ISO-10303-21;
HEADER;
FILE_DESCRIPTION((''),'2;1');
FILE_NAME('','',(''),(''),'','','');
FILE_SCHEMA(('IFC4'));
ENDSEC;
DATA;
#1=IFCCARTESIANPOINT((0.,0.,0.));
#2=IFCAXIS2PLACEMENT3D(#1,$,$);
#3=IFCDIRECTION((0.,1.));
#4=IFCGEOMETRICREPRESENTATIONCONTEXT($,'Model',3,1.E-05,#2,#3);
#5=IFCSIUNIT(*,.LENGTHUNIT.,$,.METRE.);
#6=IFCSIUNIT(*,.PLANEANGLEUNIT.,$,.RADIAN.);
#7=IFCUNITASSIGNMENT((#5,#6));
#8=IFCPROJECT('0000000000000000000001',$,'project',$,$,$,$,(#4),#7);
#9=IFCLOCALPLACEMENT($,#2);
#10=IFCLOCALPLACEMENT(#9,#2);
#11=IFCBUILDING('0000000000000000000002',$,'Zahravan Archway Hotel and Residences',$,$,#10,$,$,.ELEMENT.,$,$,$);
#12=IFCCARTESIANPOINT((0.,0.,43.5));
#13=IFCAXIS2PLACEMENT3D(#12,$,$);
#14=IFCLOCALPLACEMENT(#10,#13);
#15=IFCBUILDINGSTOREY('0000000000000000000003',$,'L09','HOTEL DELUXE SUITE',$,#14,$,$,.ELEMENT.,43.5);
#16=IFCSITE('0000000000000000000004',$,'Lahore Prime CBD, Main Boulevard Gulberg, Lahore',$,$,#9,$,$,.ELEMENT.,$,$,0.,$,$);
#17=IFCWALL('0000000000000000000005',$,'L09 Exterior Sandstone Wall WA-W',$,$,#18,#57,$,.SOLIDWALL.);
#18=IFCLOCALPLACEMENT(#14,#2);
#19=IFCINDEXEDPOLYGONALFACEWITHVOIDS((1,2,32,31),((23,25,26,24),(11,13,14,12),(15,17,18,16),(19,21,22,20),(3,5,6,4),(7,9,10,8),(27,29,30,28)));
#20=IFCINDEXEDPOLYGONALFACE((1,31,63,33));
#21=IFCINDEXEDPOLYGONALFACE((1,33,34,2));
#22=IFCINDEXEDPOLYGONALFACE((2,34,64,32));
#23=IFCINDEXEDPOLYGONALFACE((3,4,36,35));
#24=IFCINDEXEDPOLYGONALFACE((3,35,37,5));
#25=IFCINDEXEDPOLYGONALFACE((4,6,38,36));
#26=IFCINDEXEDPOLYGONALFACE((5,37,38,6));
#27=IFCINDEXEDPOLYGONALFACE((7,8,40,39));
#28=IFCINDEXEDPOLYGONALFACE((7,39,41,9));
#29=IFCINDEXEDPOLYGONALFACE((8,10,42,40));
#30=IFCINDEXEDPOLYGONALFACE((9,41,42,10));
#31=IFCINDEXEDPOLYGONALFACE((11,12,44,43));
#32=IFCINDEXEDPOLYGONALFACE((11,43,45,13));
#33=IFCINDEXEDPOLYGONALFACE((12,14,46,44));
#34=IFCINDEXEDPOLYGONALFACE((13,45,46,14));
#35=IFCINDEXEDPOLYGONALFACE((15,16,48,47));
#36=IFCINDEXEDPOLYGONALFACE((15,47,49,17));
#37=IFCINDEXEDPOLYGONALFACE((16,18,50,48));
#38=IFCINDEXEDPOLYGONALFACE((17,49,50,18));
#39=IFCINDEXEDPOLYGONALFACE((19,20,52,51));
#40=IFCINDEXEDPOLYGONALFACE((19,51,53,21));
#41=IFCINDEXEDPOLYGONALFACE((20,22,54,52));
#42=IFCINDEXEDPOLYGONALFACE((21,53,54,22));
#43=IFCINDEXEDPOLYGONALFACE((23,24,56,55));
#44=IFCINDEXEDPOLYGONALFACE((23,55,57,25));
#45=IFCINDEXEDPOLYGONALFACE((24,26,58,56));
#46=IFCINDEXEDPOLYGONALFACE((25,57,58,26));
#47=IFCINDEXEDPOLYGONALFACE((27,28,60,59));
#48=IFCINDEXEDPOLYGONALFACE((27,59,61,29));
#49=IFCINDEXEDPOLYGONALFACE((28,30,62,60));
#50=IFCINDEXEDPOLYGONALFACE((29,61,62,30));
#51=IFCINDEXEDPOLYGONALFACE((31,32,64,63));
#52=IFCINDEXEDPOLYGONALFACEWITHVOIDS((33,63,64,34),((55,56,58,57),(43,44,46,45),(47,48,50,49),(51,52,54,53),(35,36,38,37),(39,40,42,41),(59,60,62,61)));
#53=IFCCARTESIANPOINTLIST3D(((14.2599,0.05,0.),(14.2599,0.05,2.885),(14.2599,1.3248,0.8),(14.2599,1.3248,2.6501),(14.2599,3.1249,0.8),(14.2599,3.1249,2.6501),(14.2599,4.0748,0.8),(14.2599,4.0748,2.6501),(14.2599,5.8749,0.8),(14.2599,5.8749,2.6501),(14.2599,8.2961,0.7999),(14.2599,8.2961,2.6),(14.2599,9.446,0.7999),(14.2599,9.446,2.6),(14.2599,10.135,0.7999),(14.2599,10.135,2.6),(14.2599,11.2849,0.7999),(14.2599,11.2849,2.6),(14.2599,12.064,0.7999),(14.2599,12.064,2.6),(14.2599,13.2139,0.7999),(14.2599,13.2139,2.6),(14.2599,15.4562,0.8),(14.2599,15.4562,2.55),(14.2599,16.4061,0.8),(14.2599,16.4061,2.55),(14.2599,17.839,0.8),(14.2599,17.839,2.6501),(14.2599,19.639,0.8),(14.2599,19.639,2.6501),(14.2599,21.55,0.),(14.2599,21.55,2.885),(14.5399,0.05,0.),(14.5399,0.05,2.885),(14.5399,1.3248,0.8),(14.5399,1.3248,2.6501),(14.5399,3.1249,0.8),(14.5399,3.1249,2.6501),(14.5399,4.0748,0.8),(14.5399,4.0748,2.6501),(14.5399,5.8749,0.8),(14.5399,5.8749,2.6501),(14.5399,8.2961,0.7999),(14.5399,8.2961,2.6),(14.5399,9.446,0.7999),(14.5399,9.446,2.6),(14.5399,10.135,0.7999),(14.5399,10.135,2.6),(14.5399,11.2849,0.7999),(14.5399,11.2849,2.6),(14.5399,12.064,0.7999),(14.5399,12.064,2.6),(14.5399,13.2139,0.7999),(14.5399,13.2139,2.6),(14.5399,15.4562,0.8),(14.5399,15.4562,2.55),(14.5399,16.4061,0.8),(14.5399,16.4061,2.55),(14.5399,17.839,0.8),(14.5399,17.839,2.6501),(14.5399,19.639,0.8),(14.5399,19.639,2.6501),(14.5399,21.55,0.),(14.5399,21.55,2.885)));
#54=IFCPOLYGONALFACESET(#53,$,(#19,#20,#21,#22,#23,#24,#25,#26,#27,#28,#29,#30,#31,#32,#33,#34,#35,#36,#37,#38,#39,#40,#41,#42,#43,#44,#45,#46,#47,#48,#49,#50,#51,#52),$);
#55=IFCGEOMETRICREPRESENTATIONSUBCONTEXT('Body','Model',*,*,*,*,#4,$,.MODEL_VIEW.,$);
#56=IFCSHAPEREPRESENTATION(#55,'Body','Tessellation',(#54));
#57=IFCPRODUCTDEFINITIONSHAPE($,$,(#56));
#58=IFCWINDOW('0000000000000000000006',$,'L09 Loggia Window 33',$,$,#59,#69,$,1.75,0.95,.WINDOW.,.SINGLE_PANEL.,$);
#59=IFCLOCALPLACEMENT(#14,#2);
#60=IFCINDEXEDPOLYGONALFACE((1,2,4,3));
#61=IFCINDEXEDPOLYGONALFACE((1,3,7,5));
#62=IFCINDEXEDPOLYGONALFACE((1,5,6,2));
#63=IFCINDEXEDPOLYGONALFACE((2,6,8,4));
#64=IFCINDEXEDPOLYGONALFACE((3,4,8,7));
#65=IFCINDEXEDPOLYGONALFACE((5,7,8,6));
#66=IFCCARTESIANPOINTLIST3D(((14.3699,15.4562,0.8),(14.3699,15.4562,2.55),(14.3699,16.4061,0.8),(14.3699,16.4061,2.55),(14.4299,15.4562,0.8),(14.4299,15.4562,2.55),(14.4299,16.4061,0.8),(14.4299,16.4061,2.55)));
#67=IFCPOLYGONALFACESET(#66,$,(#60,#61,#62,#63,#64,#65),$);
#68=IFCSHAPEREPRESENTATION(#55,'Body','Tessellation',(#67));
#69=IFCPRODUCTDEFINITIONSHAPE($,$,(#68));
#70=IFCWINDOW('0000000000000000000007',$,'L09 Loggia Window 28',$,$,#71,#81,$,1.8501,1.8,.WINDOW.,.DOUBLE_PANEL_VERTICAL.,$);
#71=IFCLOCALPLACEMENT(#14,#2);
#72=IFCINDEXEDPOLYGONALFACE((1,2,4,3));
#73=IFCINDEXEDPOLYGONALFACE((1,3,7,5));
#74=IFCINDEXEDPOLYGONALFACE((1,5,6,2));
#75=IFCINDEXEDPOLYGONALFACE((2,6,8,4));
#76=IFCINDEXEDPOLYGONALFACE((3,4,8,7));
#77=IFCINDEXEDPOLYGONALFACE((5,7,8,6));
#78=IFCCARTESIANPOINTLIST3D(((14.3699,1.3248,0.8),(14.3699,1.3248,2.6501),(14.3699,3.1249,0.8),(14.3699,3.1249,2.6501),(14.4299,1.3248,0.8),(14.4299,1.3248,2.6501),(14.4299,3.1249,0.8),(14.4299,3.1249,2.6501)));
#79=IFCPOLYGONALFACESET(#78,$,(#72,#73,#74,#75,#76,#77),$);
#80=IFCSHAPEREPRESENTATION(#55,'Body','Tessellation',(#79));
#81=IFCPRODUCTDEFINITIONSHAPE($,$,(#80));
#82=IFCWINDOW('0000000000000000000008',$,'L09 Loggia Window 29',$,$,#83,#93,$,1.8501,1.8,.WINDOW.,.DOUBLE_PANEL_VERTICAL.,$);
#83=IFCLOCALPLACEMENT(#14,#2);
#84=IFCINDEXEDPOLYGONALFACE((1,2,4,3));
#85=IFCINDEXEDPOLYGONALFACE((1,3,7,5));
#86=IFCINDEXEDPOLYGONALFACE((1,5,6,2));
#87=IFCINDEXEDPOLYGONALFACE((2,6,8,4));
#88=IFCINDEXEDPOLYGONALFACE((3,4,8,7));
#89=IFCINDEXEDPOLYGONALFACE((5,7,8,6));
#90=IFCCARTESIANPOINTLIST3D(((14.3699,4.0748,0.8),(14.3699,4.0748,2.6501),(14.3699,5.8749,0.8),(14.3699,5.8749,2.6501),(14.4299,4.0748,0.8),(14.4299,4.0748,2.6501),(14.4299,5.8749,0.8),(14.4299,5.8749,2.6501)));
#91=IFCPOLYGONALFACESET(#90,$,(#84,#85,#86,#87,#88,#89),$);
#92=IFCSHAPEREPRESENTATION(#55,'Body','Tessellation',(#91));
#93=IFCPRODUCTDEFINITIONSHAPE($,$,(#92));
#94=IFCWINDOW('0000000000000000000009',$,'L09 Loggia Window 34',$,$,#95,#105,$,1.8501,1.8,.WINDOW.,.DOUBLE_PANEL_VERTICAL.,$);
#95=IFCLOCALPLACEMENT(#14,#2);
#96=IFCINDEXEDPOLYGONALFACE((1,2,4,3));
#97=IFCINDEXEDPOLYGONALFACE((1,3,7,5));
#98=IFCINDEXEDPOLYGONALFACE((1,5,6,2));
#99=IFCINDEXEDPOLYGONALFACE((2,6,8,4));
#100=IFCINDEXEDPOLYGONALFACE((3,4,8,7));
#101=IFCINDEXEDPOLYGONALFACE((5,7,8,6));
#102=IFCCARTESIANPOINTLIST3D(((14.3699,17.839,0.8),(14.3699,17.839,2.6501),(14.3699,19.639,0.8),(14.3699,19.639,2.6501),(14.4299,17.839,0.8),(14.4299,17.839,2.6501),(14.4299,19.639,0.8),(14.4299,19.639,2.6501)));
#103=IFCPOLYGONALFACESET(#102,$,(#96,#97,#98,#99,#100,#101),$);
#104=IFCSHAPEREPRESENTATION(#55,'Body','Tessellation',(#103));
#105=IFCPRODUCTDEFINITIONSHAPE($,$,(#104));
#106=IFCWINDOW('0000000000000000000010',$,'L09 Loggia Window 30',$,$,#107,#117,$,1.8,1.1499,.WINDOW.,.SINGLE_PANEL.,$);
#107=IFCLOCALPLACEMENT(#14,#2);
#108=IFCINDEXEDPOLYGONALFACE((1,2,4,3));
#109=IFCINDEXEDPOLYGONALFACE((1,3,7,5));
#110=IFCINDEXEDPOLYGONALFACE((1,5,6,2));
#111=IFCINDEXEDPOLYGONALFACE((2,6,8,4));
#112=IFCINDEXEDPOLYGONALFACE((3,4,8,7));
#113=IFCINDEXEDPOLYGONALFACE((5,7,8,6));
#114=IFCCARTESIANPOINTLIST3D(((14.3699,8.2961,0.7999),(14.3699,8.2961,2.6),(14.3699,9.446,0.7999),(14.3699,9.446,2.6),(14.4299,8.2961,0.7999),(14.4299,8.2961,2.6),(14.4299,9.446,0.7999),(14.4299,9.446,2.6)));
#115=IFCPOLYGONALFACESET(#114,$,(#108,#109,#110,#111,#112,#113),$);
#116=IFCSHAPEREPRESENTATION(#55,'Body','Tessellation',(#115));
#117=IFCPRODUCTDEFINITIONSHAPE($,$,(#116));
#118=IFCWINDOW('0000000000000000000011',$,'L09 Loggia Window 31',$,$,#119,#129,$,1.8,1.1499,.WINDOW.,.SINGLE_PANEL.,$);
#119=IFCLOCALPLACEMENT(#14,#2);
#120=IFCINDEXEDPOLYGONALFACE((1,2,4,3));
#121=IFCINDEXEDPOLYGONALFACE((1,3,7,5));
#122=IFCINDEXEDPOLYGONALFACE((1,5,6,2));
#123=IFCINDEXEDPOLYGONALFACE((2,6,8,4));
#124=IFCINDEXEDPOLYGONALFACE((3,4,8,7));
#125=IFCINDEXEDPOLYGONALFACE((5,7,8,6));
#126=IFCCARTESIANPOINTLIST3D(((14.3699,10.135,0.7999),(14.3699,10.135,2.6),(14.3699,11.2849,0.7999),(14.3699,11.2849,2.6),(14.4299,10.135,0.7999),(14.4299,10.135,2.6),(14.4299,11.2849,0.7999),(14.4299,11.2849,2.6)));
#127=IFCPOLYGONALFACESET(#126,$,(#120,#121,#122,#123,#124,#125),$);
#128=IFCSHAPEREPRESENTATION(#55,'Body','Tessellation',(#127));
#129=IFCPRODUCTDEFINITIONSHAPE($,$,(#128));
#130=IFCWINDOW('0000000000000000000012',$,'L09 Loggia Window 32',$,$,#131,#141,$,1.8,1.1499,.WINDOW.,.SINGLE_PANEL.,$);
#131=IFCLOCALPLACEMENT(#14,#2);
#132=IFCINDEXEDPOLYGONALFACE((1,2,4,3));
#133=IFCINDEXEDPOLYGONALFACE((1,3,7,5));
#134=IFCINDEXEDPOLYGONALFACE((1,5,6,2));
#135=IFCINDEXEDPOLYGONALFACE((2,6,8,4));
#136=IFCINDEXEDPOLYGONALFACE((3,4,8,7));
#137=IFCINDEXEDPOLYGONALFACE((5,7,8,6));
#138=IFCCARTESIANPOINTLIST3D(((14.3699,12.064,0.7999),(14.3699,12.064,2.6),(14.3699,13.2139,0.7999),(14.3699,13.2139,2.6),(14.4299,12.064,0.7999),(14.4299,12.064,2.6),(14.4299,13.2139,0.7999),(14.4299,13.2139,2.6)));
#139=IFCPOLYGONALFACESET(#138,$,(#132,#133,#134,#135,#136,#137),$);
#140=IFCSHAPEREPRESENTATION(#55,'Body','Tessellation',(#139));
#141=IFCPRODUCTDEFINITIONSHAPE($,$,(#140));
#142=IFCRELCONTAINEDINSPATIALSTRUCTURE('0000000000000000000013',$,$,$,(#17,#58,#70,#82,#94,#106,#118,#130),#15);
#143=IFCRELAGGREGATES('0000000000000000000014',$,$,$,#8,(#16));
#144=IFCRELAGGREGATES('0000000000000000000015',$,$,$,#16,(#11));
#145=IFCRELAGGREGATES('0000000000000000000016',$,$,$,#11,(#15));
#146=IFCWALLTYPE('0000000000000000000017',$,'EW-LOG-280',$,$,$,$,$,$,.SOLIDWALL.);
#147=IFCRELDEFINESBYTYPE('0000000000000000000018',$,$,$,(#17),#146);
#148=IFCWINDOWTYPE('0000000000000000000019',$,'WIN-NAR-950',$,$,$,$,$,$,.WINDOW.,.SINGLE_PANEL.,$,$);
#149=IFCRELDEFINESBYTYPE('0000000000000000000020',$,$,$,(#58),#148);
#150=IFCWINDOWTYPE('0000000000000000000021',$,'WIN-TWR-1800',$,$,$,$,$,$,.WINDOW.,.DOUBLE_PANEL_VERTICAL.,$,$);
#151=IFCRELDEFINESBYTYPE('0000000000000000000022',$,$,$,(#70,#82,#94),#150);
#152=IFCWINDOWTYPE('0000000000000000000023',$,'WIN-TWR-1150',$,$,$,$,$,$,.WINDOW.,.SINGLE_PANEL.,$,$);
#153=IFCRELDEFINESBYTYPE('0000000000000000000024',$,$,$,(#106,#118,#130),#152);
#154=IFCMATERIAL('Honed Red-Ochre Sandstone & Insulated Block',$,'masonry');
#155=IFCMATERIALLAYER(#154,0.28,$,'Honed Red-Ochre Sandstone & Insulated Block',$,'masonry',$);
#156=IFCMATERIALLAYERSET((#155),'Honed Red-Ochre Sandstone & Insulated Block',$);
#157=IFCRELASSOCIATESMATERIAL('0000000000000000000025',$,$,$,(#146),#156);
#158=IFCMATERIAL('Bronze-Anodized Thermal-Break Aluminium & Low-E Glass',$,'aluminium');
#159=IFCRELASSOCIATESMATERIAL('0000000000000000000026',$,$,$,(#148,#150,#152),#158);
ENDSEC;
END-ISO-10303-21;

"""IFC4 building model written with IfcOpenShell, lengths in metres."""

from ifc_helpers import new_model, si_unit, direction, frame, frame_2d, origin, place, context, subcontext, project, spatial, rectangle, extrude, source, transform, mapped, material, layer, layer_set, type_object, type_shapes, element, fill, save


model = new_model("IFC4")

# Units and contexts
model_context = context("Model", 3, precision=1e-05, world=origin(), true_north=direction((0.0, 1.0)))
body_context = subcontext(model_context, "Body", "Model", "MODEL_VIEW")
ifc_project = project(units=[si_unit("LENGTHUNIT", "METRE"), si_unit("PLANEANGLEUNIT", "RADIAN")], contexts=[model_context])

# Site, building, storey
site_placement = place(None, origin())
site = spatial("IfcSite", under=ifc_project, at=site_placement, Name="Lahore Prime CBD, Main Boulevard Gulberg, Lahore", CompositionType="ELEMENT", RefElevation=0.0)
building_placement = place(site_placement, origin())
building = spatial("IfcBuilding", under=site, at=building_placement, Name="Zahravan Archway Hotel and Residences", CompositionType="ELEMENT")
storey_placement = place(building_placement, frame((0.0, 0.0, 43.5)))
storey = spatial("IfcBuildingStorey", under=building, at=storey_placement, Name="L09", Description="HOTEL DELUXE SUITE", CompositionType="ELEMENT", Elevation=43.5)

# Shared definitions
ifc_material_1 = material(Name="Honed Red-Ochre Sandstone & Insulated Block", Category="masonry")
ifc_layer = layer(ifc_material_1, 0.28, Name="Honed Red-Ochre Sandstone & Insulated Block", Category="masonry")
ifc_layer_set = layer_set([ifc_layer], Name="Honed Red-Ochre Sandstone & Insulated Block")
wall_type = type_object("IfcWallType", Name="EW-LOG-280", PredefinedType="SOLIDWALL", material=ifc_layer_set)
ifc_material_2 = material(Name="Bronze-Anodized Thermal-Break Aluminium & Low-E Glass", Category="aluminium")
window_type_1 = type_object("IfcWindowType", Name="WIN-NAR-950", PartitioningType="SINGLE_PANEL", PredefinedType="WINDOW", material=ifc_material_2)
shared_shape_1 = source(origin(), body_context, "Body", "SweptSolid", [
    extrude(rectangle(XDim=0.95, YDim=1.75, at=frame_2d((0.4751, 0.875))), frame((0.0, 0.03, 0.0), z_axis=(0.0, -1.0, 0.0), x_axis=(1.0, 0.0, 0.0)), (0.0, 0.0, 1.0), 0.0601),
])
type_shapes(window_type_1, [shared_shape_1])
window_type_2 = type_object("IfcWindowType", Name="WIN-TWR-1800", PartitioningType="DOUBLE_PANEL_VERTICAL", PredefinedType="WINDOW", material=ifc_material_2)
shared_shape_2 = source(origin(), body_context, "Body", "SweptSolid", [
    extrude(rectangle(XDim=1.8, YDim=1.8501, at=frame_2d((0.8999, 0.925))), frame((0.0, 0.03, 0.0), z_axis=(0.0, -1.0, 0.0), x_axis=(1.0, 0.0, 0.0)), (0.0, 0.0, 1.0), 0.0601),
])
type_shapes(window_type_2, [shared_shape_2])

# Wall, openings, windows
wall_1_placement = place(storey_placement, frame((14.3999, 0.05, 0.0), z_axis=(0.0, 0.0, 1.0), x_axis=(0.0, 1.0, 0.0)))
wall_1 = element("IfcWall", 1, at=wall_1_placement, inside=storey, type_object=wall_type, Name="L09 Exterior Sandstone Wall WA-W", PredefinedType="SOLIDWALL", context=body_context, shape_type="SweptSolid", body=[
    extrude(rectangle(XDim=21.5, YDim=0.28, at=frame_2d((10.75, 0.0))), origin(), (0.0, 0.0, 1.0), 2.885),
])
opening_1_placement = place(wall_1_placement, frame((1.2749, 0.0, 0.8)))
opening_1 = element("IfcOpeningElement", 2, at=opening_1_placement, cuts=wall_1, PredefinedType="OPENING", context=body_context, shape_type="SweptSolid", body=[
    extrude(rectangle(XDim=1.8, YDim=1.8501, at=frame_2d((0.8999, 0.925))), frame((0.0, 0.1499, 0.0), z_axis=(0.0, -1.0, 0.0), x_axis=(1.0, 0.0, 0.0)), (0.0, 0.0, 1.0), 0.3),
])
opening_2_placement = place(wall_1_placement, frame((4.0249, 0.0, 0.8)))
opening_2 = element("IfcOpeningElement", 3, at=opening_2_placement, cuts=wall_1, PredefinedType="OPENING", context=body_context, shape_type="SweptSolid", body=[
    extrude(rectangle(XDim=1.8, YDim=1.8501, at=frame_2d((0.8999, 0.925))), frame((0.0, 0.1499, 0.0), z_axis=(0.0, -1.0, 0.0), x_axis=(1.0, 0.0, 0.0)), (0.0, 0.0, 1.0), 0.3),
])
opening_3_placement = place(wall_1_placement, frame((8.2461, 0.0, 0.8)))
opening_3 = element("IfcOpeningElement", 4, at=opening_3_placement, cuts=wall_1, PredefinedType="OPENING", context=body_context, shape_type="SweptSolid", body=[
    extrude(rectangle(XDim=1.1499, YDim=1.8, at=frame_2d((0.575, 0.8999))), frame((0.0, 0.1499, 0.0), z_axis=(0.0, -1.0, 0.0), x_axis=(1.0, 0.0, 0.0)), (0.0, 0.0, 1.0), 0.3),
])
opening_4_placement = place(wall_1_placement, frame((10.085, 0.0, 0.8)))
opening_4 = element("IfcOpeningElement", 5, at=opening_4_placement, cuts=wall_1, PredefinedType="OPENING", context=body_context, shape_type="SweptSolid", body=[
    extrude(rectangle(XDim=1.1499, YDim=1.8, at=frame_2d((0.575, 0.8999))), frame((0.0, 0.1499, 0.0), z_axis=(0.0, -1.0, 0.0), x_axis=(1.0, 0.0, 0.0)), (0.0, 0.0, 1.0), 0.3),
])
opening_5_placement = place(wall_1_placement, frame((12.0139, 0.0, 0.8)))
opening_5 = element("IfcOpeningElement", 6, at=opening_5_placement, cuts=wall_1, PredefinedType="OPENING", context=body_context, shape_type="SweptSolid", body=[
    extrude(rectangle(XDim=1.1499, YDim=1.8, at=frame_2d((0.575, 0.8999))), frame((0.0, 0.1499, 0.0), z_axis=(0.0, -1.0, 0.0), x_axis=(1.0, 0.0, 0.0)), (0.0, 0.0, 1.0), 0.3),
])
opening_6_placement = place(wall_1_placement, frame((15.406, 0.0, 0.8)))
opening_6 = element("IfcOpeningElement", 7, at=opening_6_placement, cuts=wall_1, PredefinedType="OPENING", context=body_context, shape_type="SweptSolid", body=[
    extrude(rectangle(XDim=0.95, YDim=1.75, at=frame_2d((0.4751, 0.875))), frame((0.0, 0.1499, 0.0), z_axis=(0.0, -1.0, 0.0), x_axis=(1.0, 0.0, 0.0)), (0.0, 0.0, 1.0), 0.3),
])
opening_7_placement = place(wall_1_placement, frame((17.7891, 0.0, 0.8)))
opening_7 = element("IfcOpeningElement", 8, at=opening_7_placement, cuts=wall_1, PredefinedType="OPENING", context=body_context, shape_type="SweptSolid", body=[
    extrude(rectangle(XDim=1.8, YDim=1.8501, at=frame_2d((0.8999, 0.925))), frame((0.0, 0.1499, 0.0), z_axis=(0.0, -1.0, 0.0), x_axis=(1.0, 0.0, 0.0)), (0.0, 0.0, 1.0), 0.3),
])
window_1_placement = place(opening_6_placement, origin())
window_1 = element("IfcWindow", 9, at=window_1_placement, inside=storey, type_object=window_type_1, Name="L09 Loggia Window 33", OverallHeight=1.75, OverallWidth=0.95, PartitioningType="SINGLE_PANEL", PredefinedType="WINDOW", context=body_context, shape_type="MappedRepresentation", body=[
    mapped(shared_shape_1, transform((0.0, 0.0, 0.0), scale=1.0)),
])
fill(opening_6, window_1)
window_2_placement = place(opening_1_placement, origin())
window_2 = element("IfcWindow", 10, at=window_2_placement, inside=storey, type_object=window_type_2, Name="L09 Loggia Window 28", OverallHeight=1.8501, OverallWidth=1.8, PartitioningType="DOUBLE_PANEL_VERTICAL", PredefinedType="WINDOW", context=body_context, shape_type="MappedRepresentation", body=[
    mapped(shared_shape_2, transform((0.0, 0.0, 0.0), scale=1.0)),
])
fill(opening_1, window_2)
window_3_placement = place(opening_2_placement, origin())
window_3 = element("IfcWindow", 11, at=window_3_placement, inside=storey, type_object=window_type_2, Name="L09 Loggia Window 29", OverallHeight=1.8501, OverallWidth=1.8, PartitioningType="DOUBLE_PANEL_VERTICAL", PredefinedType="WINDOW", context=body_context, shape_type="MappedRepresentation", body=[
    mapped(shared_shape_2, transform((0.0, 0.0, 0.0), scale=1.0)),
])
fill(opening_2, window_3)
window_4_placement = place(opening_7_placement, origin())
window_4 = element("IfcWindow", 12, at=window_4_placement, inside=storey, type_object=window_type_2, Name="L09 Loggia Window 34", OverallHeight=1.8501, OverallWidth=1.8, PartitioningType="DOUBLE_PANEL_VERTICAL", PredefinedType="WINDOW", context=body_context, shape_type="MappedRepresentation", body=[
    mapped(shared_shape_2, transform((0.0, 0.0, 0.0), scale=1.0)),
])
fill(opening_7, window_4)
window_type_3 = type_object("IfcWindowType", Name="WIN-TWR-1150", PartitioningType="SINGLE_PANEL", PredefinedType="WINDOW", material=ifc_material_2)
shared_shape_3 = source(origin(), body_context, "Body", "SweptSolid", [
    extrude(rectangle(XDim=1.1499, YDim=1.8, at=frame_2d((0.575, 0.8999))), frame((0.0, 0.03, 0.0), z_axis=(0.0, -1.0, 0.0), x_axis=(1.0, 0.0, 0.0)), (0.0, 0.0, 1.0), 0.0601),
])
type_shapes(window_type_3, [shared_shape_3])
window_5_placement = place(opening_3_placement, origin())
window_5 = element("IfcWindow", 13, at=window_5_placement, inside=storey, type_object=window_type_3, Name="L09 Loggia Window 30", OverallHeight=1.8, OverallWidth=1.1499, PartitioningType="SINGLE_PANEL", PredefinedType="WINDOW", context=body_context, shape_type="MappedRepresentation", body=[
    mapped(shared_shape_3, transform((0.0, 0.0, 0.0), scale=1.0)),
])
fill(opening_3, window_5)
window_6_placement = place(opening_4_placement, origin())
window_6 = element("IfcWindow", 14, at=window_6_placement, inside=storey, type_object=window_type_3, Name="L09 Loggia Window 31", OverallHeight=1.8, OverallWidth=1.1499, PartitioningType="SINGLE_PANEL", PredefinedType="WINDOW", context=body_context, shape_type="MappedRepresentation", body=[
    mapped(shared_shape_3, transform((0.0, 0.0, 0.0), scale=1.0)),
])
fill(opening_4, window_6)
window_7_placement = place(opening_5_placement, origin())
window_7 = element("IfcWindow", 15, at=window_7_placement, inside=storey, type_object=window_type_3, Name="L09 Loggia Window 32", OverallHeight=1.8, OverallWidth=1.1499, PartitioningType="SINGLE_PANEL", PredefinedType="WINDOW", context=body_context, shape_type="MappedRepresentation", body=[
    mapped(shared_shape_3, transform((0.0, 0.0, 0.0), scale=1.0)),
])
fill(opening_5, window_7)

save(model, "model.ifc")
